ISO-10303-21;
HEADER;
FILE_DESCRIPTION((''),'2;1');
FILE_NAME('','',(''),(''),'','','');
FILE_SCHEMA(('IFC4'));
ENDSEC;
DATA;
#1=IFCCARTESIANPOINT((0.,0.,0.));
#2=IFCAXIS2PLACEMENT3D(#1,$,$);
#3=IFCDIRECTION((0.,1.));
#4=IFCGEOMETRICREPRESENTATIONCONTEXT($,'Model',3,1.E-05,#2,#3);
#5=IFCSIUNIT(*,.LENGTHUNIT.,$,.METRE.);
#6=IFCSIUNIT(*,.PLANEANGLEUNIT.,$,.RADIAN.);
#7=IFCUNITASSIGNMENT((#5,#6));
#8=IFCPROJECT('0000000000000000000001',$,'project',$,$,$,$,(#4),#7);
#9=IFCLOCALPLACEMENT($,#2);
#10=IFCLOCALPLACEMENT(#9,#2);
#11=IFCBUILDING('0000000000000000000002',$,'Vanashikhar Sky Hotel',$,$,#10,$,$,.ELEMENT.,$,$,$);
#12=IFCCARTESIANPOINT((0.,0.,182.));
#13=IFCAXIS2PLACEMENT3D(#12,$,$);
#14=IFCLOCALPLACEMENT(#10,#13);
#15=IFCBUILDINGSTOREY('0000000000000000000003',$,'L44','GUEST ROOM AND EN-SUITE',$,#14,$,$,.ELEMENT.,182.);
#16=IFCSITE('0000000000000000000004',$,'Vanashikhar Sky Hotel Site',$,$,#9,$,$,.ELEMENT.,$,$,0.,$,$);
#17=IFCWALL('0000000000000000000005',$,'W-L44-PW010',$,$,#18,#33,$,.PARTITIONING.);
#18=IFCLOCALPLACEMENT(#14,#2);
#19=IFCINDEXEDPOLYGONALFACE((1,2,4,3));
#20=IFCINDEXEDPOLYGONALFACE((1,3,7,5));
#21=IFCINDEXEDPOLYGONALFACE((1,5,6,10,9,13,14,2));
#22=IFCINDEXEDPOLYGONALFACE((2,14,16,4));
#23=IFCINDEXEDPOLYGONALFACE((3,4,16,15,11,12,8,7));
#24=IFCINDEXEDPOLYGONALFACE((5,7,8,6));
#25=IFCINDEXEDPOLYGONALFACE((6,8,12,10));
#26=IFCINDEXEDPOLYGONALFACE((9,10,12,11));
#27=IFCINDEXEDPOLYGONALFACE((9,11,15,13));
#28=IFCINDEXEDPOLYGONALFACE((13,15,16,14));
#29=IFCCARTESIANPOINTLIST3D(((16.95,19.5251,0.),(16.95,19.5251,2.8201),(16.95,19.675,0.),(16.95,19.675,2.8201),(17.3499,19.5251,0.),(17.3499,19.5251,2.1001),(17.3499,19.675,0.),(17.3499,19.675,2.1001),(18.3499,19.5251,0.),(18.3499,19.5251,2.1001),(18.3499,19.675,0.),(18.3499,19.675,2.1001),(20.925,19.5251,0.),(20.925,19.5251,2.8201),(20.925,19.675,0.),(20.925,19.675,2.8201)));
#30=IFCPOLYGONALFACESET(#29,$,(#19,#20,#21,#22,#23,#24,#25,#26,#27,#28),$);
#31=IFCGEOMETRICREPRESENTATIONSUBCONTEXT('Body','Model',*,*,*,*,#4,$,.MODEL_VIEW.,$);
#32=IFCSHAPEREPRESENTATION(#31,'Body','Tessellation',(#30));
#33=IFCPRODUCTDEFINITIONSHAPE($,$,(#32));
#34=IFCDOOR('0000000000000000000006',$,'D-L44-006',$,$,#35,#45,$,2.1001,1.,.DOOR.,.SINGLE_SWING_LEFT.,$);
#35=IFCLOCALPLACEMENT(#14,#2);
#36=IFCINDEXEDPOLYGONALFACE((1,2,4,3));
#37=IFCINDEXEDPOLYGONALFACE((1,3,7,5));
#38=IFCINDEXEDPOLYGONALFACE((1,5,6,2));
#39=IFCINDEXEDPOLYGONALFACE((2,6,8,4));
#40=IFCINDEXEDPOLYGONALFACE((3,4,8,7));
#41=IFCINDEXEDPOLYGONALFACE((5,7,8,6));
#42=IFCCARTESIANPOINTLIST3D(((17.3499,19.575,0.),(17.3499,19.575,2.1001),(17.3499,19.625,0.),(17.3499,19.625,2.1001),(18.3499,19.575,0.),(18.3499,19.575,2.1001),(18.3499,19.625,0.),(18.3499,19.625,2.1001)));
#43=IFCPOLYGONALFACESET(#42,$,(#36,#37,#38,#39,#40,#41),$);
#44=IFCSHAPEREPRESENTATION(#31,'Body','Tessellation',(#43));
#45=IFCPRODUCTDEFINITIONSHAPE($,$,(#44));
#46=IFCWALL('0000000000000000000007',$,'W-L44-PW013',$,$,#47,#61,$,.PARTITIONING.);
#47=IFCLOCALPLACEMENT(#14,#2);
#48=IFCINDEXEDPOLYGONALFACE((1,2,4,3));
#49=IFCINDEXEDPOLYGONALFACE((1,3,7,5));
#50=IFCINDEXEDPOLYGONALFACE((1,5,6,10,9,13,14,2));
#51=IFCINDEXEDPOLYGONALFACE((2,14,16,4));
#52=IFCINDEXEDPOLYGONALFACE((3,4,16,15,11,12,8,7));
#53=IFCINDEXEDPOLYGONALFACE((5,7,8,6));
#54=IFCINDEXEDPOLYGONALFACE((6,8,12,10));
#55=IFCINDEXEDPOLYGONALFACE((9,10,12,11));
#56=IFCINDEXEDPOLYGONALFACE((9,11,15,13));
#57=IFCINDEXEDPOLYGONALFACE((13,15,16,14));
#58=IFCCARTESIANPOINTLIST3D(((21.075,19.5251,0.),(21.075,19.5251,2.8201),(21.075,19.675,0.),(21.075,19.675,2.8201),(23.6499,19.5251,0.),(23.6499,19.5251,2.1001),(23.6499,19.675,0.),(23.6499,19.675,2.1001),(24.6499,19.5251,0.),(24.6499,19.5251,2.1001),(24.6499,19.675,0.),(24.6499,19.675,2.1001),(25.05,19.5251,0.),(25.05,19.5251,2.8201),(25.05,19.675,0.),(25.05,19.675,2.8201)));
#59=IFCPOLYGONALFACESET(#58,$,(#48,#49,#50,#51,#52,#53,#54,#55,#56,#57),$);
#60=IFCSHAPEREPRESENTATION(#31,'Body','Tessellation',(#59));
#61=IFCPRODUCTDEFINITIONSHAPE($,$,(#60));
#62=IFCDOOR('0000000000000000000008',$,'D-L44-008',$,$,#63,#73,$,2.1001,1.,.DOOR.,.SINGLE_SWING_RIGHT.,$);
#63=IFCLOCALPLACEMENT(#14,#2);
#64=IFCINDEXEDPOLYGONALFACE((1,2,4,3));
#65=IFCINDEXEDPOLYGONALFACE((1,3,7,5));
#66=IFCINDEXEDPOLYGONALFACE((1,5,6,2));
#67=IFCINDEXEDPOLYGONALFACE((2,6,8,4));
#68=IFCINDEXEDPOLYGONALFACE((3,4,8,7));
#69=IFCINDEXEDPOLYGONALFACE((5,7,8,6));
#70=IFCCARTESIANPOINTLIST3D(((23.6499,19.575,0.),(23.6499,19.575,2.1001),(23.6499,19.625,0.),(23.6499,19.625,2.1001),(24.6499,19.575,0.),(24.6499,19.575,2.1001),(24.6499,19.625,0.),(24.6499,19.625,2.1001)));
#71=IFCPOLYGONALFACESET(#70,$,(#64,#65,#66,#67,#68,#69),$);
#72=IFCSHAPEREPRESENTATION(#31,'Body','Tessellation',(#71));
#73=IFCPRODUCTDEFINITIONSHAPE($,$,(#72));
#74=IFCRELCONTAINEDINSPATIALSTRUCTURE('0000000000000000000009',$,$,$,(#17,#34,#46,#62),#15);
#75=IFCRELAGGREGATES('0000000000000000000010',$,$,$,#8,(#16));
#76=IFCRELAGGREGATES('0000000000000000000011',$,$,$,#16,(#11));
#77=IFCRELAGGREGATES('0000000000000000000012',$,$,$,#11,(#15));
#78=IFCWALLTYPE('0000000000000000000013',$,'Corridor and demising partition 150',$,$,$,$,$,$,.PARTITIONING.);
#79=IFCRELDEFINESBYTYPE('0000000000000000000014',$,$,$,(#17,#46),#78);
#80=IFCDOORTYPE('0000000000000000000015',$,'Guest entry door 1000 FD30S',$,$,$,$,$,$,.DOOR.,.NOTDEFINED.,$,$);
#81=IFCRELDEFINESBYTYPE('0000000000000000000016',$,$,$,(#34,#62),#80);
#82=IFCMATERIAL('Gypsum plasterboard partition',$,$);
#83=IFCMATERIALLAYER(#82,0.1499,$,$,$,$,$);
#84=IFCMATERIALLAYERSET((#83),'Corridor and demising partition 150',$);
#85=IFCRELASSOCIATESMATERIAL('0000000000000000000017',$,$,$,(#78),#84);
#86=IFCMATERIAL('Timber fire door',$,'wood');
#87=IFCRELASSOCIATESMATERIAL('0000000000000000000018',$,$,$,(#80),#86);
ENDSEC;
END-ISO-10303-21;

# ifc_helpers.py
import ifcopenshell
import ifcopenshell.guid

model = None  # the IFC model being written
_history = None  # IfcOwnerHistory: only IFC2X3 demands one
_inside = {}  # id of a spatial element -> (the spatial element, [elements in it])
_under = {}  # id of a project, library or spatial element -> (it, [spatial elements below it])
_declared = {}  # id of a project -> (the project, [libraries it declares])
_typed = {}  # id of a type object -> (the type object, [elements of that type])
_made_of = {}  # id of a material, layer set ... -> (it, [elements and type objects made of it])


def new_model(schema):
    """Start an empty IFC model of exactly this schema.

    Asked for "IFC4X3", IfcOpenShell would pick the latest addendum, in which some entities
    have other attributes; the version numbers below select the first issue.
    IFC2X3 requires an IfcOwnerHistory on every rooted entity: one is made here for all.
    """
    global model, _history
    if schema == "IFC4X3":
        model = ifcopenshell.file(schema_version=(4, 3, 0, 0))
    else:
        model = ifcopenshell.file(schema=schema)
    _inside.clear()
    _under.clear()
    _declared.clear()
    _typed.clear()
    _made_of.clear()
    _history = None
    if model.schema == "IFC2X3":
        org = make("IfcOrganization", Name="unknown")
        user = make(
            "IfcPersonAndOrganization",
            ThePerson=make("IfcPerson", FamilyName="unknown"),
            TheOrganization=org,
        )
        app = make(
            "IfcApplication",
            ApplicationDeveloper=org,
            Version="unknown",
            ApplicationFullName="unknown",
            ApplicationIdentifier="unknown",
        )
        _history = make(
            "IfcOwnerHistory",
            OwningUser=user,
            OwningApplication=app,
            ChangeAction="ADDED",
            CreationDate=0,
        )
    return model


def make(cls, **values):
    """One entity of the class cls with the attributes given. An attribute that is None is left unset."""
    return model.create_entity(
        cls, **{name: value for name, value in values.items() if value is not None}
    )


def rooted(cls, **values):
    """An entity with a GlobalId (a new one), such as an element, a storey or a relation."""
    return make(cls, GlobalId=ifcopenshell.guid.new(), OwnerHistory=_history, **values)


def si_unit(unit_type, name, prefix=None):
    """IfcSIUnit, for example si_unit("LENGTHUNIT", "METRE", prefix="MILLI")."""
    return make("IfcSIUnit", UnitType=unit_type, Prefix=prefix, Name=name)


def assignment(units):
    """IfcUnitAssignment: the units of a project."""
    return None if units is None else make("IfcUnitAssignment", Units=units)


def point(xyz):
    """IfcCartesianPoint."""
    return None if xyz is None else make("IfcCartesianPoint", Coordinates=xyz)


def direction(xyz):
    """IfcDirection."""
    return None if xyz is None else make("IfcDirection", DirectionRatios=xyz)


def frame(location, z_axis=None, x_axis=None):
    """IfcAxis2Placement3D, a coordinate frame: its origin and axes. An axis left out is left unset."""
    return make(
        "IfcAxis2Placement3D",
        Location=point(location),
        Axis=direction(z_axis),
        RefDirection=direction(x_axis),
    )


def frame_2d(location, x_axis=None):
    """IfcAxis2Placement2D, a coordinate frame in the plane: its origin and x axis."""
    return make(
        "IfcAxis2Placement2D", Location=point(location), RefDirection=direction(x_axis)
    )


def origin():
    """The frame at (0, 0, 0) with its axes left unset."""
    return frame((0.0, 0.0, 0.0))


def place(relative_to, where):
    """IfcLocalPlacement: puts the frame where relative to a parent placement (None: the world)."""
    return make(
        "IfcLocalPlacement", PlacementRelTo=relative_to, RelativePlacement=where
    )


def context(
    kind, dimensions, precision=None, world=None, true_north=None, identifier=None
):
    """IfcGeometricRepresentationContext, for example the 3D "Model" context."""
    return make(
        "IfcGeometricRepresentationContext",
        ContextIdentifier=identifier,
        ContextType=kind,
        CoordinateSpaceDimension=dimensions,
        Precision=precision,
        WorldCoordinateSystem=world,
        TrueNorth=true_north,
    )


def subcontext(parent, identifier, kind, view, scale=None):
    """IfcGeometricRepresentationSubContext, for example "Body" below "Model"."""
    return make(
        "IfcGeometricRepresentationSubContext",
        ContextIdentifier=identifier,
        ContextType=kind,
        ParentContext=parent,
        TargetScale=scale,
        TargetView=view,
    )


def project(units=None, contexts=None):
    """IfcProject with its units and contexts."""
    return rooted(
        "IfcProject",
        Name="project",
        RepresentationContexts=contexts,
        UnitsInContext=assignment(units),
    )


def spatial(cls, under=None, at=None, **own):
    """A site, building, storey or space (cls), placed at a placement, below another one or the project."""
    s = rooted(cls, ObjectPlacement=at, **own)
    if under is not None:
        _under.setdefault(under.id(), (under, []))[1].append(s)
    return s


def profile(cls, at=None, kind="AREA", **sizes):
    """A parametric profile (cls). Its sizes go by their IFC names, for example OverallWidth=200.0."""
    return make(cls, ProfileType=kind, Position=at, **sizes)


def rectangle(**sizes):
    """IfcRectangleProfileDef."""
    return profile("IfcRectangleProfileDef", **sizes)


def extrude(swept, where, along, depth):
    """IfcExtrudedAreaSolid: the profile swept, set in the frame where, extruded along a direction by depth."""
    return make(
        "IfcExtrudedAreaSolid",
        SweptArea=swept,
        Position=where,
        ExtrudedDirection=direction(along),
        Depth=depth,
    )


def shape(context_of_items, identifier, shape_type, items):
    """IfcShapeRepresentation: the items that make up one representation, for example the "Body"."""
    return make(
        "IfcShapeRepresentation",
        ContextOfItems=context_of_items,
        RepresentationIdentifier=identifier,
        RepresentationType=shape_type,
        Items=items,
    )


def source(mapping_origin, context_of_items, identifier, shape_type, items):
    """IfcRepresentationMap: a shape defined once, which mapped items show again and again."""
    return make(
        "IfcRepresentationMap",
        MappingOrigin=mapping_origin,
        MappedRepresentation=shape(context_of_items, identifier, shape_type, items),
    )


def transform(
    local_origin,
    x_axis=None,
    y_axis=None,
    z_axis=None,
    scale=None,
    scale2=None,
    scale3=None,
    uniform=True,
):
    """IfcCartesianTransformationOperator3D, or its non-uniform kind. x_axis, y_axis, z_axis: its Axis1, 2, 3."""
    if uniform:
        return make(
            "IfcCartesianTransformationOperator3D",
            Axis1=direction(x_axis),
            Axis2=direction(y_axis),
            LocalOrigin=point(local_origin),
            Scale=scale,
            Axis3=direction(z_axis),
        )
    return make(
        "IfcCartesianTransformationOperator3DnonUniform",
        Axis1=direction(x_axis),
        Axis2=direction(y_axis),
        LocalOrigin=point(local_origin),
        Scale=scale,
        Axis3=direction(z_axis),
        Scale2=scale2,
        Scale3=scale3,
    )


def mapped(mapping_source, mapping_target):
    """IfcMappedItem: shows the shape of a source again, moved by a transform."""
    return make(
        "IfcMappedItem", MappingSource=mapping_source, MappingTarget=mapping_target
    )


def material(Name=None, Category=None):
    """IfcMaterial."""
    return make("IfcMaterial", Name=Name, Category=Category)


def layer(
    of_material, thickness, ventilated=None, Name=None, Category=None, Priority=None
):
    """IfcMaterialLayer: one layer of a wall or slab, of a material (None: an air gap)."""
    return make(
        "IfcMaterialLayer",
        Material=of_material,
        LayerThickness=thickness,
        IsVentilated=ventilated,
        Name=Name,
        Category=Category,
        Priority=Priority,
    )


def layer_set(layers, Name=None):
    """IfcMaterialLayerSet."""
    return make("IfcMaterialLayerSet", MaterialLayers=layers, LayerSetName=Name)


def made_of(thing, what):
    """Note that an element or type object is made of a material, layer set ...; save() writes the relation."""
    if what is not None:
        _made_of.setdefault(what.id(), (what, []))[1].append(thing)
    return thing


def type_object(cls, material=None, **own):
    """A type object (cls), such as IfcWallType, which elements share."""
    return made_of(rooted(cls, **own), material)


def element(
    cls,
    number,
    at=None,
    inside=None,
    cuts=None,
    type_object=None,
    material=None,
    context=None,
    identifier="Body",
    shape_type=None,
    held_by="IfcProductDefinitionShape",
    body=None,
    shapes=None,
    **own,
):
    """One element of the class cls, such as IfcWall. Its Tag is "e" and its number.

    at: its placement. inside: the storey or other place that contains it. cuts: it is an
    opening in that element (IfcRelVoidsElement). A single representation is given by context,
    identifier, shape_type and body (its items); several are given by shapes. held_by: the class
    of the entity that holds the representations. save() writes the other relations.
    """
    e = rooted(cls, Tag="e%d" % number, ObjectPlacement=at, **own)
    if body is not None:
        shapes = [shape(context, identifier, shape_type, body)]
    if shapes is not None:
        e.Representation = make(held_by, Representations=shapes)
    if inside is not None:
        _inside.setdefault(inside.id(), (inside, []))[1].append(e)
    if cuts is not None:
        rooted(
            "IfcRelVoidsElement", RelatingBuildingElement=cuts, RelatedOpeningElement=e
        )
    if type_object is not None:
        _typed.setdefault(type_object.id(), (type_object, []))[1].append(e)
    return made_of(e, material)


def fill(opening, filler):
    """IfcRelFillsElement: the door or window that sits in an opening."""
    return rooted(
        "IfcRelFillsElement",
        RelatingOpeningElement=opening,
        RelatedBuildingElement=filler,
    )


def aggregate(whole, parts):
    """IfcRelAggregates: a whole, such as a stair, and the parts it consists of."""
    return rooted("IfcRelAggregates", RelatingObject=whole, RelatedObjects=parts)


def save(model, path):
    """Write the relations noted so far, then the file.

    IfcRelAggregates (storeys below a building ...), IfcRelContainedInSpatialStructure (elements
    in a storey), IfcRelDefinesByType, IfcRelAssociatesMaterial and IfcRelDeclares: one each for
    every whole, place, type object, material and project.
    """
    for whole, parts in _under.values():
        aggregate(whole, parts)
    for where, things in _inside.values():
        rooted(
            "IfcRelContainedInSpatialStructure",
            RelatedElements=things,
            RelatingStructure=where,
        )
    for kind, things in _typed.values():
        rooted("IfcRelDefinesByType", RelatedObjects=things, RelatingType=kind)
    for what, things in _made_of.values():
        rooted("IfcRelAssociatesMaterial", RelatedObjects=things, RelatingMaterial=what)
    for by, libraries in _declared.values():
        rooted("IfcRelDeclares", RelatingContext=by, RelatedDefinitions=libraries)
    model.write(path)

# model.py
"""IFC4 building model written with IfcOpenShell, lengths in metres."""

from ifc_helpers import new_model, si_unit, direction, frame, frame_2d, origin, place, context, subcontext, project, spatial, rectangle, extrude, source, transform, mapped, material, layer, layer_set, type_object, element, fill, save


model = new_model("IFC4")

# Units and contexts
model_context = context("Model", 3, precision=1e-05, world=origin(), true_north=direction((0.0, 1.0)))
body_context = subcontext(model_context, "Body", "Model", "MODEL_VIEW")
ifc_project = project(units=[si_unit("LENGTHUNIT", "METRE"), si_unit("PLANEANGLEUNIT", "RADIAN")], contexts=[model_context])

# Site, building, storey
site_placement = place(None, origin())
site = spatial("IfcSite", under=ifc_project, at=site_placement, Name="Vanashikhar Sky Hotel Site", CompositionType="ELEMENT", RefElevation=0.0)
building_placement = place(site_placement, origin())
building = spatial("IfcBuilding", under=site, at=building_placement, Name="Vanashikhar Sky Hotel", CompositionType="ELEMENT")
storey_placement = place(building_placement, frame((0.0, 0.0, 182.0)))
storey = spatial("IfcBuildingStorey", under=building, at=storey_placement, Name="L44", Description="GUEST ROOM AND EN-SUITE", CompositionType="ELEMENT", Elevation=182.0)

# Shared definitions
ifc_material_1 = material(Name="Gypsum plasterboard partition")

# Walls, openings, doors
ifc_layer_1 = layer(ifc_material_1, 0.1499)
ifc_layer_set_1 = layer_set([ifc_layer_1], Name="Corridor and demising partition 150")
wall_type_1 = type_object("IfcWallType", Name="Corridor and demising partition 150", PredefinedType="PARTITIONING", material=ifc_layer_set_1)
shared_shape_1 = source(origin(), body_context, "Body", "SweptSolid", [
    extrude(rectangle(XDim=3.9751, YDim=0.1499, at=frame_2d((1.9875, 0.0))), origin(), (0.0, 0.0, 1.0), 2.8201),
])
wall_1_placement = place(storey_placement, frame((16.95, 19.6001, 0.0), z_axis=(0.0, 0.0, 1.0), x_axis=(1.0, 0.0, 0.0)))
wall_1 = element("IfcWall", 1, at=wall_1_placement, inside=storey, type_object=wall_type_1, Name="W-L44-PW010", PredefinedType="PARTITIONING", context=body_context, shape_type="MappedRepresentation", body=[
    mapped(shared_shape_1, transform((0.0, 0.0, 0.0), scale=1.0)),
])
shared_shape_2 = source(origin(), body_context, "Body", "SweptSolid", [
    extrude(rectangle(XDim=1.0, YDim=2.1001, at=frame_2d((0.5, 1.05))), frame((0.0, 0.085, 0.0), z_axis=(0.0, -1.0, 0.0), x_axis=(1.0, 0.0, 0.0)), (0.0, 0.0, 1.0), 0.1699),
])
opening_1_placement = place(wall_1_placement, frame((0.3999, 0.0, 0.0)))
opening_1 = element("IfcOpeningElement", 2, at=opening_1_placement, cuts=wall_1, PredefinedType="OPENING", context=body_context, shape_type="MappedRepresentation", body=[
    mapped(shared_shape_2, transform((0.0, 0.0, 0.0), scale=1.0)),
])
ifc_material_2 = material(Name="Timber fire door", Category="wood")
door_type_1 = type_object("IfcDoorType", Name="Guest entry door 1000 FD30S", OperationType="NOTDEFINED", PredefinedType="DOOR", material=ifc_material_2)
shared_shape_3 = source(origin(), body_context, "Body", "SweptSolid", [
    extrude(rectangle(XDim=1.0, YDim=2.1001, at=frame_2d((0.5, 1.05))), frame((0.0, 0.0249, 0.0), z_axis=(0.0, -1.0, 0.0), x_axis=(1.0, 0.0, 0.0)), (0.0, 0.0, 1.0), 0.05),
])
door_1_placement = place(opening_1_placement, origin())
door_1 = element("IfcDoor", 3, at=door_1_placement, inside=storey, type_object=door_type_1, Name="D-L44-006", OperationType="SINGLE_SWING_LEFT", OverallHeight=2.1001, OverallWidth=1.0, PredefinedType="DOOR", context=body_context, shape_type="MappedRepresentation", body=[
    mapped(shared_shape_3, transform((0.0, 0.0, 0.0), scale=1.0)),
])
fill(opening_1, door_1)
wall_2_placement = place(storey_placement, frame((21.075, 19.6001, 0.0), z_axis=(0.0, 0.0, 1.0), x_axis=(1.0, 0.0, 0.0)))
wall_2 = element("IfcWall", 4, at=wall_2_placement, inside=storey, type_object=wall_type_1, Name="W-L44-PW013", PredefinedType="PARTITIONING", context=body_context, shape_type="MappedRepresentation", body=[
    mapped(shared_shape_1, transform((0.0, 0.0, 0.0), scale=1.0)),
])
opening_2_placement = place(wall_2_placement, frame((2.575, 0.0, 0.0)))
opening_2 = element("IfcOpeningElement", 5, at=opening_2_placement, cuts=wall_2, PredefinedType="OPENING", context=body_context, shape_type="MappedRepresentation", body=[
    mapped(shared_shape_2, transform((0.0, 0.0, 0.0), scale=1.0)),
])
door_2_placement = place(opening_2_placement, origin())
door_2 = element("IfcDoor", 6, at=door_2_placement, inside=storey, type_object=door_type_1, Name="D-L44-008", OperationType="SINGLE_SWING_RIGHT", OverallHeight=2.1001, OverallWidth=1.0, PredefinedType="DOOR", context=body_context, shape_type="MappedRepresentation", body=[
    mapped(shared_shape_3, transform((0.0, 0.0, 0.0), scale=1.0)),
])
fill(opening_2, door_2)

save(model, "model.ifc")
